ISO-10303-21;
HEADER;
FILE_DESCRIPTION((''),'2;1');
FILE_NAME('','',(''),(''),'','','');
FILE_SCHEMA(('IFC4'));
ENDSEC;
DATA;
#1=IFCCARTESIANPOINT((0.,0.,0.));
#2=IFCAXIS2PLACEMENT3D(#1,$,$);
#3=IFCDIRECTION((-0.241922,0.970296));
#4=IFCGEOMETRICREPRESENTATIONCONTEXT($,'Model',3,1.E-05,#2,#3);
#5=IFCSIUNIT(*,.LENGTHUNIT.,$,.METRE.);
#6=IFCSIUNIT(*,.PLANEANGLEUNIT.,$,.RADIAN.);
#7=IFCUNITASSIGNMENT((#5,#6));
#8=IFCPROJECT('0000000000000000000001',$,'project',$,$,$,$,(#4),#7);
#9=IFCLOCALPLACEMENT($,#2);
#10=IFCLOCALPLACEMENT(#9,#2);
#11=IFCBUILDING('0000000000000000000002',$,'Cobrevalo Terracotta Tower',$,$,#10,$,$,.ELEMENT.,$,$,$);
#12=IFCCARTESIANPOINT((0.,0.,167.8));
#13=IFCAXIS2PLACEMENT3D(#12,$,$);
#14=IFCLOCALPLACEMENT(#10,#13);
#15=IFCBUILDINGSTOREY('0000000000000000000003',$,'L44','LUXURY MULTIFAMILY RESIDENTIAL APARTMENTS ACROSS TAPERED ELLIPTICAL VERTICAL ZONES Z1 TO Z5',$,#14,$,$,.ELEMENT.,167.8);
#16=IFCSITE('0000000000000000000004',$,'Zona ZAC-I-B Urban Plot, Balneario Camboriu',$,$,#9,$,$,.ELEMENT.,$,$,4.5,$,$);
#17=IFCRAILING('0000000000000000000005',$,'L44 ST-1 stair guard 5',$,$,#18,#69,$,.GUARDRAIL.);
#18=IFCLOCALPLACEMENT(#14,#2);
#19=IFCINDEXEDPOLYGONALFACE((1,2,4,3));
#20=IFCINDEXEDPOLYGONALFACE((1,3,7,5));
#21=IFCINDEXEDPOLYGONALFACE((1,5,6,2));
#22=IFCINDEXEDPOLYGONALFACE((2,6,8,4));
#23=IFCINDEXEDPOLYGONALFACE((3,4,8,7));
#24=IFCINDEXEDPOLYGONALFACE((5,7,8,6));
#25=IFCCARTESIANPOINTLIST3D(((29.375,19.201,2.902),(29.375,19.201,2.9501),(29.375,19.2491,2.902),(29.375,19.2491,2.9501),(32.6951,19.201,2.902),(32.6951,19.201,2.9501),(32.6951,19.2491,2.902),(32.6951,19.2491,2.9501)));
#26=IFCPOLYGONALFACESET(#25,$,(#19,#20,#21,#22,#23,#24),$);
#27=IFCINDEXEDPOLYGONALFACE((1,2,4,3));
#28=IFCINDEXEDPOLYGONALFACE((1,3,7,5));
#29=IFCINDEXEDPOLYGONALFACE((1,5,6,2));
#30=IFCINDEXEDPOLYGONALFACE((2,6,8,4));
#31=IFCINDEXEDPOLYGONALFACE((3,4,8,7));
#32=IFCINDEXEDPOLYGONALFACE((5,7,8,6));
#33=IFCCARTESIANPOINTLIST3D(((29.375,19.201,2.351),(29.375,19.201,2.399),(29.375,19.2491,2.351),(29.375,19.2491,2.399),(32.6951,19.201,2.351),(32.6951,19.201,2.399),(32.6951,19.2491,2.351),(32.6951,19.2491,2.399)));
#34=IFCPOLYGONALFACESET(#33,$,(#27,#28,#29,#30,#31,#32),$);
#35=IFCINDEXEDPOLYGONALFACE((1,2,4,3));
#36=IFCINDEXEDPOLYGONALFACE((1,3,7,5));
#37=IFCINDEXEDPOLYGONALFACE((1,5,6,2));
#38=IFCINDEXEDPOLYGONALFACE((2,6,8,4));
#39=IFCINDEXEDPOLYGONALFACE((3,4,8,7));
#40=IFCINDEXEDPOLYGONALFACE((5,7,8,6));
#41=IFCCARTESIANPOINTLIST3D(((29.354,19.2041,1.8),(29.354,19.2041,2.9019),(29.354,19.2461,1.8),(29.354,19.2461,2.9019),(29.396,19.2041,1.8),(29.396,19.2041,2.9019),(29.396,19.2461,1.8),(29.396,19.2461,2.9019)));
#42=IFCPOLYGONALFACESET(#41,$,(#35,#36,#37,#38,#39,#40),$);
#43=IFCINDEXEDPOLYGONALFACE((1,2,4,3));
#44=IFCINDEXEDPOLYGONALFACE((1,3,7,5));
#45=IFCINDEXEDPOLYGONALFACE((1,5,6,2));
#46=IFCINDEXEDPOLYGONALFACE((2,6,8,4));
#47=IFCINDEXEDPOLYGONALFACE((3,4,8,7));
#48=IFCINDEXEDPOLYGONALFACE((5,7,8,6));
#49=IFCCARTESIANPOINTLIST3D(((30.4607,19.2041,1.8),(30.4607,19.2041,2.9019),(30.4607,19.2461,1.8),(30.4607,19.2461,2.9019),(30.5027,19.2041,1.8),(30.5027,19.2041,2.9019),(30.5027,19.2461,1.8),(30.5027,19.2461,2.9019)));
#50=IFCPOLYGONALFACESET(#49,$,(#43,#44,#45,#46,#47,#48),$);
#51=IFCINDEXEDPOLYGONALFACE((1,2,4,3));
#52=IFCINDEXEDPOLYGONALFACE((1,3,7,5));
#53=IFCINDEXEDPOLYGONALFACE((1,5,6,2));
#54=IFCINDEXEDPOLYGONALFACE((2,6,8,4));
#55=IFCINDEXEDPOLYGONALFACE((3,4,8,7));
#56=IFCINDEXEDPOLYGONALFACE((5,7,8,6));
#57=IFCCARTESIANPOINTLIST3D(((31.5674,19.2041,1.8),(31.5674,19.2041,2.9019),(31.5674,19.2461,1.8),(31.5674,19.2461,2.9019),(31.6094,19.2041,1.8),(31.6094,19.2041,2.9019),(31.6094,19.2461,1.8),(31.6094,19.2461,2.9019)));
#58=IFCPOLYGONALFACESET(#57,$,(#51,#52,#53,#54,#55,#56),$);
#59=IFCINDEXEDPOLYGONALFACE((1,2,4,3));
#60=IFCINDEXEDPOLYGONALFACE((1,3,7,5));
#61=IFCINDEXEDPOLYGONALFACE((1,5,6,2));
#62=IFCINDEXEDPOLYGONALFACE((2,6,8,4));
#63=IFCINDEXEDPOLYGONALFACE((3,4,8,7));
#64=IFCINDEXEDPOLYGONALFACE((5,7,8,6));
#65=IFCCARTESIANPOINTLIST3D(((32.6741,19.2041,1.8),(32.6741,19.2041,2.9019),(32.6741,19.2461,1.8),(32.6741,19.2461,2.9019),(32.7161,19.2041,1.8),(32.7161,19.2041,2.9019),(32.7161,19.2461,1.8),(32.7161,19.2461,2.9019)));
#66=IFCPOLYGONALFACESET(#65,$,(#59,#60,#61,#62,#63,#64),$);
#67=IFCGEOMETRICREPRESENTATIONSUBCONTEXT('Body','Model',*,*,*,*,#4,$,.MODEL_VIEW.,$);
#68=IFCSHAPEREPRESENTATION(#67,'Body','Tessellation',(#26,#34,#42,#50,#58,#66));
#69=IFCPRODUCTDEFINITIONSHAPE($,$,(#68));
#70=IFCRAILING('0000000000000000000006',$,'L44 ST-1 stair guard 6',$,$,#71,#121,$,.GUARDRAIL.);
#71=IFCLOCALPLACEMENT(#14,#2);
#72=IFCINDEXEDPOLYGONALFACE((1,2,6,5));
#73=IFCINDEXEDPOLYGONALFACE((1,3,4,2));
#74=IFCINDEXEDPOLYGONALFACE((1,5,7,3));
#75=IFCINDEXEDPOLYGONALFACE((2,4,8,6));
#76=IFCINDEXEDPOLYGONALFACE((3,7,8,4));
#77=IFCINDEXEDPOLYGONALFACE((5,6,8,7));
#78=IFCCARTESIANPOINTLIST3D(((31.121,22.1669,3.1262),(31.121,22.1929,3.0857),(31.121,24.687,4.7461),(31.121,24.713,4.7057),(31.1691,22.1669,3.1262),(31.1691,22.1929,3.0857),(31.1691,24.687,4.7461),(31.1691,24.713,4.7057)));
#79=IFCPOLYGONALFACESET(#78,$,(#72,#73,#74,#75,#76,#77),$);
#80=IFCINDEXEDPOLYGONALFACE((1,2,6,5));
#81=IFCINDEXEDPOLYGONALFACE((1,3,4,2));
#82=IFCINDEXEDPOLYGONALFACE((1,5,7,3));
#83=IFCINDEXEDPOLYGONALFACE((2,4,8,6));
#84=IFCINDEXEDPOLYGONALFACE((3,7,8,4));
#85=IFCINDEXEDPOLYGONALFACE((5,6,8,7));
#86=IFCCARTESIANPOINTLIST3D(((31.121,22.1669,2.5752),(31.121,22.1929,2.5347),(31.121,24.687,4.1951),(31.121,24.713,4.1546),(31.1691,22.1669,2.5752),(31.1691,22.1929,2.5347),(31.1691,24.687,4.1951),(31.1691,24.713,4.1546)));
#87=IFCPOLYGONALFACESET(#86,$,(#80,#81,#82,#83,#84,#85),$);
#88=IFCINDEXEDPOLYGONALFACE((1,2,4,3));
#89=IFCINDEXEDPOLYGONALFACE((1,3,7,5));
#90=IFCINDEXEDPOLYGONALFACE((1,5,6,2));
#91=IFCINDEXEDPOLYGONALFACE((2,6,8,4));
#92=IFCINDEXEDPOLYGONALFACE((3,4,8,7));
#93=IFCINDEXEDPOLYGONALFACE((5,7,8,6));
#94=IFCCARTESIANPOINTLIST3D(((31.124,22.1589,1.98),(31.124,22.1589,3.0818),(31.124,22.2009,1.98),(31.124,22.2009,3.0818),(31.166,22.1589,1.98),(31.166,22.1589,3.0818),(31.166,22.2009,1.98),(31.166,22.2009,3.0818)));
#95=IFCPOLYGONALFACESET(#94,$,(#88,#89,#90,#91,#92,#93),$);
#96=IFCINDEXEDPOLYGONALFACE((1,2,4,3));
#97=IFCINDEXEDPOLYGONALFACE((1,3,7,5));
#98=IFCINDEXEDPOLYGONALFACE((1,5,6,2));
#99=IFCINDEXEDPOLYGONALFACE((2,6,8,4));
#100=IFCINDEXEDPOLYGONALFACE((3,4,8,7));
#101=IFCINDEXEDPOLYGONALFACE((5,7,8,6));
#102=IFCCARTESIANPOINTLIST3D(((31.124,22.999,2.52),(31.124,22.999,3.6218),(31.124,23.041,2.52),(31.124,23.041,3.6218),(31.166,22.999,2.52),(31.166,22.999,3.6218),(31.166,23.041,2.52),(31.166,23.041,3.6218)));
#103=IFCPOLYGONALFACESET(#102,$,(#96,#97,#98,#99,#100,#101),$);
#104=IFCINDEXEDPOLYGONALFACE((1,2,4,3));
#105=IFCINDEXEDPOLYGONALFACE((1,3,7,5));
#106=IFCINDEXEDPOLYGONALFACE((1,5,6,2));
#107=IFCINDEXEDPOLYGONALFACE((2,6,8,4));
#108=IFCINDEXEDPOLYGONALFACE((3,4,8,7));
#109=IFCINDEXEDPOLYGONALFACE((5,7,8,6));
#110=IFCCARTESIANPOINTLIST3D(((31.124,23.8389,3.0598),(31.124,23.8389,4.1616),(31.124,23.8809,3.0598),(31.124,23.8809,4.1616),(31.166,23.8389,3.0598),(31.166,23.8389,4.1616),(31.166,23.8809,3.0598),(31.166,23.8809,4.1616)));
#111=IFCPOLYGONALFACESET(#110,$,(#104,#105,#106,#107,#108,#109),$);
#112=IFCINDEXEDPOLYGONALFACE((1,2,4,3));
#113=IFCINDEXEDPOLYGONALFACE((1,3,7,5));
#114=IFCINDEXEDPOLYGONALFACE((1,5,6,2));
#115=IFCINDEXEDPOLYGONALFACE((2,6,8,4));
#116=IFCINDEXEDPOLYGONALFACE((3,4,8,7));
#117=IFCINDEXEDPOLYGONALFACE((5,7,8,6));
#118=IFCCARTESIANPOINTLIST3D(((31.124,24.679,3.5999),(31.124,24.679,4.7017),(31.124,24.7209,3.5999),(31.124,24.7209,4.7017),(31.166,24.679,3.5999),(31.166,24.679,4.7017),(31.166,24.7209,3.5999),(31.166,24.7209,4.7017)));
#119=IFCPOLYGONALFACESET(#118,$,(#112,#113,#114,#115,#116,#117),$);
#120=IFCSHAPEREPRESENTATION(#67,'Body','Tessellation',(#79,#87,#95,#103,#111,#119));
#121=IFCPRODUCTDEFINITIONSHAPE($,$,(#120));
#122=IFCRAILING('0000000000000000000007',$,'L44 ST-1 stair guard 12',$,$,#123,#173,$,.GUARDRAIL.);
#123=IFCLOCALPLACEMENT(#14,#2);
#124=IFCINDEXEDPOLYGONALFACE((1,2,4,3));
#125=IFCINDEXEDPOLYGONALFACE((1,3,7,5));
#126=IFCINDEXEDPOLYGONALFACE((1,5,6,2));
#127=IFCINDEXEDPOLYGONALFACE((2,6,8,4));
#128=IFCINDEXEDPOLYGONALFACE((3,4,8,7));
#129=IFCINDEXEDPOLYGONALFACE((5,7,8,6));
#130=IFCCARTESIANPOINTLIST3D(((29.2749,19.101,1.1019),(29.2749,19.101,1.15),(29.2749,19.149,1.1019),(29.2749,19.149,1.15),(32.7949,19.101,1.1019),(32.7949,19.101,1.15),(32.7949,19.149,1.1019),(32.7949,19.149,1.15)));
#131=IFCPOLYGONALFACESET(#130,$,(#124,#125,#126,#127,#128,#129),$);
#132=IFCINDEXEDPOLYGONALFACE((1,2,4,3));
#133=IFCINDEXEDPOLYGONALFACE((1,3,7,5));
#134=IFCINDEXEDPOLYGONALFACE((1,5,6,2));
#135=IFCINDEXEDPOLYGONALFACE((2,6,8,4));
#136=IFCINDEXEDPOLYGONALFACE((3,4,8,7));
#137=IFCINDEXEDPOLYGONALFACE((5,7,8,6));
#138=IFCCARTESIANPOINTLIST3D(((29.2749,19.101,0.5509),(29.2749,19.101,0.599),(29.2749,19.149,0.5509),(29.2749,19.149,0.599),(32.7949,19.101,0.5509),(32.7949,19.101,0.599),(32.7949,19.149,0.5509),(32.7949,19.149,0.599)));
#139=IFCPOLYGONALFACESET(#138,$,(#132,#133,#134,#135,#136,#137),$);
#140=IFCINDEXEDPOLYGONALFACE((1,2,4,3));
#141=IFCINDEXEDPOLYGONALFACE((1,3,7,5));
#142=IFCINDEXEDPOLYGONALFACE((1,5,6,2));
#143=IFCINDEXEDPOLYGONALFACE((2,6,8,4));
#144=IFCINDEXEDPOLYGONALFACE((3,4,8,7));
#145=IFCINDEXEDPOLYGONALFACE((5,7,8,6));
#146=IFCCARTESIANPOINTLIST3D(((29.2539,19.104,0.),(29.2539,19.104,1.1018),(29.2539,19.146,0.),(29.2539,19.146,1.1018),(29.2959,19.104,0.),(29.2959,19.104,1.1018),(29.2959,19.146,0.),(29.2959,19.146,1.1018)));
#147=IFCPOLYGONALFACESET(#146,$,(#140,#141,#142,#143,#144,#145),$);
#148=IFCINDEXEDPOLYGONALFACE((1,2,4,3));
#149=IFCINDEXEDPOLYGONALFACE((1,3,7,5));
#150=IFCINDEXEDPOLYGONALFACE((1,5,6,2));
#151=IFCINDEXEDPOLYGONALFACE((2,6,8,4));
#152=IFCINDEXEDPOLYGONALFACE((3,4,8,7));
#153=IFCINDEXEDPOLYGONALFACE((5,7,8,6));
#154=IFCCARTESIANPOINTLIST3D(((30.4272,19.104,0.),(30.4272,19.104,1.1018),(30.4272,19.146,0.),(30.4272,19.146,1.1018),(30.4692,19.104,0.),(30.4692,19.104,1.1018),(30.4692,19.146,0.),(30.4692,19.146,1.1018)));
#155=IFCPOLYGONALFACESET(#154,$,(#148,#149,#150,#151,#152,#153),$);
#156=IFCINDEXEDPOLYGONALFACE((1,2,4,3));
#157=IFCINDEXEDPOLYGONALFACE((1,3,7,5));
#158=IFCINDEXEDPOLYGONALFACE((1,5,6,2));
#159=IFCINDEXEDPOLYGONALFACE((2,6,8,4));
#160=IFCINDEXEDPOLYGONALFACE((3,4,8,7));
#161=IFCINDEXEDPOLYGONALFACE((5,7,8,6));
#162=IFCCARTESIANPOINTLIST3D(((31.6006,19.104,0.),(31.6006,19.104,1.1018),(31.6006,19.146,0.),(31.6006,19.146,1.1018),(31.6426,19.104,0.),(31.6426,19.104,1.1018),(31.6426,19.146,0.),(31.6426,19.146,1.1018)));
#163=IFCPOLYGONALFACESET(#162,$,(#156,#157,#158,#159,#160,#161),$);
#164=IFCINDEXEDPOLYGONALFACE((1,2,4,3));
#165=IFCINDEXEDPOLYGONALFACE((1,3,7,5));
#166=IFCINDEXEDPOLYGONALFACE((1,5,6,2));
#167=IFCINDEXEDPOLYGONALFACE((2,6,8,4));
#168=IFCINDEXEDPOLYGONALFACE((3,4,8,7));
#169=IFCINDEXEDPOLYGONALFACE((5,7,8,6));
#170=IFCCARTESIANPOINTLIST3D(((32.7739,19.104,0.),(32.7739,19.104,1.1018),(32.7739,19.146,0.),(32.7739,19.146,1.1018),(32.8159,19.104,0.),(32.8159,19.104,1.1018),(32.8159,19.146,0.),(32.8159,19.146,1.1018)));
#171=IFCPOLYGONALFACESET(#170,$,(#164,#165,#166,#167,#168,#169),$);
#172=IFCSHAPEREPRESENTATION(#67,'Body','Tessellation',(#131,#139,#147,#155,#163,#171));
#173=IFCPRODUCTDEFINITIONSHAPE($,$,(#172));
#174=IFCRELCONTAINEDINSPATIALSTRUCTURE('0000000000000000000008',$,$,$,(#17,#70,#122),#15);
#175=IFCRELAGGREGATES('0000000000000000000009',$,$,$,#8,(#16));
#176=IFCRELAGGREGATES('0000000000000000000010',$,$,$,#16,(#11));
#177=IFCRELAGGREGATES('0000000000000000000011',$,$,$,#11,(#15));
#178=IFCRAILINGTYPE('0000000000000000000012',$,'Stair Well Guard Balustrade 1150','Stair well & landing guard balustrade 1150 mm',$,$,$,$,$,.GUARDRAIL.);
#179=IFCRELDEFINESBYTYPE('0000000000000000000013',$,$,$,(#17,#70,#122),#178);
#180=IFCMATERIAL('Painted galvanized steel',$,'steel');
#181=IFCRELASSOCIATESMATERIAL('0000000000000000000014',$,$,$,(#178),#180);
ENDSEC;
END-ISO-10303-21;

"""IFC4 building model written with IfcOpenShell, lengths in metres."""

from ifc_helpers import new_model, si_unit, direction, frame, origin, origin_2d, place, context, subcontext, project, spatial, rectangle, extrude, material, type_object, element, save


model = new_model("IFC4")

# Units and contexts
model_context = context("Model", 3, precision=1e-05, world=origin(), true_north=direction((-0.241922, 0.970296)))
body_context = subcontext(model_context, "Body", "Model", "MODEL_VIEW")
ifc_project = project(units=[si_unit("LENGTHUNIT", "METRE"), si_unit("PLANEANGLEUNIT", "RADIAN")], contexts=[model_context])

# Site, building, storey
site_placement = place(None, origin())
site = spatial("IfcSite", under=ifc_project, at=site_placement, Name="Zona ZAC-I-B Urban Plot, Balneario Camboriu", CompositionType="ELEMENT", RefElevation=4.5)
building_placement = place(site_placement, origin())
building = spatial("IfcBuilding", under=site, at=building_placement, Name="Cobrevalo Terracotta Tower", CompositionType="ELEMENT")
storey_placement = place(building_placement, frame((0.0, 0.0, 167.8)))
storey = spatial("IfcBuildingStorey", under=building, at=storey_placement, Name="L44", Description="LUXURY MULTIFAMILY RESIDENTIAL APARTMENTS ACROSS TAPERED ELLIPTICAL VERTICAL ZONES Z1 TO Z5", CompositionType="ELEMENT", Elevation=167.8)

# Railings
ifc_material_1 = material(Name="Painted galvanized steel", Category="steel")
railing_type_1 = type_object("IfcRailingType", Name="Stair Well Guard Balustrade 1150", Description="Stair well & landing guard balustrade 1150 mm", PredefinedType="GUARDRAIL", material=ifc_material_1)
railing_1_placement = place(storey_placement, frame((29.375, 19.2251, 1.8)))
element("IfcRailing", 1, at=railing_1_placement, inside=storey, type_object=railing_type_1, Name="L44 ST-1 stair guard 5", PredefinedType="GUARDRAIL", context=body_context, shape_type="SweptSolid", body=[
    extrude(rectangle(XDim=0.0481, YDim=0.0481, at=origin_2d()), frame((0.0, 0.0, 1.126), z_axis=(1.0, 0.0, 0.0), x_axis=(0.0, 1.0, 0.0)), (0.0, 0.0, 1.0), 3.3201),
    extrude(rectangle(XDim=0.0481, YDim=0.0481, at=origin_2d()), frame((0.0, 0.0, 0.575), z_axis=(1.0, 0.0, 0.0), x_axis=(0.0, 1.0, 0.0)), (0.0, 0.0, 1.0), 3.3201),
    extrude(rectangle(XDim=0.042, YDim=0.042, at=origin_2d()), origin(), (0.0, 0.0, 1.0), 1.1018),
    extrude(rectangle(XDim=0.042, YDim=0.042, at=origin_2d()), frame((1.1067, 0.0, 0.0)), (0.0, 0.0, 1.0), 1.1018),
    extrude(rectangle(XDim=0.042, YDim=0.042, at=origin_2d()), frame((2.2134, 0.0, 0.0)), (0.0, 0.0, 1.0), 1.1018),
    extrude(rectangle(XDim=0.042, YDim=0.042, at=origin_2d()), frame((3.3201, 0.0, 0.0)), (0.0, 0.0, 1.0), 1.1018),
])
railing_2_placement = place(storey_placement, frame((31.145, 22.1799, 1.98)))
element("IfcRailing", 2, at=railing_2_placement, inside=storey, type_object=railing_type_1, Name="L44 ST-1 stair guard 6", PredefinedType="GUARDRAIL", context=body_context, shape_type="SweptSolid", body=[
    extrude(rectangle(XDim=0.0481, YDim=0.0481, at=origin_2d()), frame((0.0, 0.0, 1.126), z_axis=(0.0, 0.8412, 0.540725), x_axis=(-1.0, 0.0, 0.0)), (0.0, 0.0, 1.0), 2.9958),
    extrude(rectangle(XDim=0.0481, YDim=0.0481, at=origin_2d()), frame((0.0, 0.0, 0.575), z_axis=(0.0, 0.8412, 0.540725), x_axis=(-1.0, 0.0, 0.0)), (0.0, 0.0, 1.0), 2.9958),
    extrude(rectangle(XDim=0.042, YDim=0.042, at=origin_2d()), origin(), (0.0, 0.0, 1.0), 1.1018),
    extrude(rectangle(XDim=0.042, YDim=0.042, at=origin_2d()), frame((0.0, 0.8401, 0.54)), (0.0, 0.0, 1.0), 1.1018),
    extrude(rectangle(XDim=0.042, YDim=0.042, at=origin_2d()), frame((0.0, 1.6799, 1.0798)), (0.0, 0.0, 1.0), 1.1018),
    extrude(rectangle(XDim=0.042, YDim=0.042, at=origin_2d()), frame((0.0, 2.52, 1.6199)), (0.0, 0.0, 1.0), 1.1018),
])
railing_3_placement = place(storey_placement, frame((29.2749, 19.125, 0.0)))
element("IfcRailing", 3, at=railing_3_placement, inside=storey, type_object=railing_type_1, Name="L44 ST-1 stair guard 12", PredefinedType="GUARDRAIL", context=body_context, shape_type="SweptSolid", body=[
    extrude(rectangle(XDim=0.0481, YDim=0.0481, at=origin_2d()), frame((0.0, 0.0, 1.126), z_axis=(1.0, 0.0, 0.0), x_axis=(0.0, 1.0, 0.0)), (0.0, 0.0, 1.0), 3.52),
    extrude(rectangle(XDim=0.0481, YDim=0.0481, at=origin_2d()), frame((0.0, 0.0, 0.575), z_axis=(1.0, 0.0, 0.0), x_axis=(0.0, 1.0, 0.0)), (0.0, 0.0, 1.0), 3.52),
    extrude(rectangle(XDim=0.042, YDim=0.042, at=origin_2d()), origin(), (0.0, 0.0, 1.0), 1.1018),
    extrude(rectangle(XDim=0.042, YDim=0.042, at=origin_2d()), frame((1.1733, 0.0, 0.0)), (0.0, 0.0, 1.0), 1.1018),
    extrude(rectangle(XDim=0.042, YDim=0.042, at=origin_2d()), frame((2.3467, 0.0, 0.0)), (0.0, 0.0, 1.0), 1.1018),
    extrude(rectangle(XDim=0.042, YDim=0.042, at=origin_2d()), frame((3.52, 0.0, 0.0)), (0.0, 0.0, 1.0), 1.1018),
])

save(model, "model.ifc")
